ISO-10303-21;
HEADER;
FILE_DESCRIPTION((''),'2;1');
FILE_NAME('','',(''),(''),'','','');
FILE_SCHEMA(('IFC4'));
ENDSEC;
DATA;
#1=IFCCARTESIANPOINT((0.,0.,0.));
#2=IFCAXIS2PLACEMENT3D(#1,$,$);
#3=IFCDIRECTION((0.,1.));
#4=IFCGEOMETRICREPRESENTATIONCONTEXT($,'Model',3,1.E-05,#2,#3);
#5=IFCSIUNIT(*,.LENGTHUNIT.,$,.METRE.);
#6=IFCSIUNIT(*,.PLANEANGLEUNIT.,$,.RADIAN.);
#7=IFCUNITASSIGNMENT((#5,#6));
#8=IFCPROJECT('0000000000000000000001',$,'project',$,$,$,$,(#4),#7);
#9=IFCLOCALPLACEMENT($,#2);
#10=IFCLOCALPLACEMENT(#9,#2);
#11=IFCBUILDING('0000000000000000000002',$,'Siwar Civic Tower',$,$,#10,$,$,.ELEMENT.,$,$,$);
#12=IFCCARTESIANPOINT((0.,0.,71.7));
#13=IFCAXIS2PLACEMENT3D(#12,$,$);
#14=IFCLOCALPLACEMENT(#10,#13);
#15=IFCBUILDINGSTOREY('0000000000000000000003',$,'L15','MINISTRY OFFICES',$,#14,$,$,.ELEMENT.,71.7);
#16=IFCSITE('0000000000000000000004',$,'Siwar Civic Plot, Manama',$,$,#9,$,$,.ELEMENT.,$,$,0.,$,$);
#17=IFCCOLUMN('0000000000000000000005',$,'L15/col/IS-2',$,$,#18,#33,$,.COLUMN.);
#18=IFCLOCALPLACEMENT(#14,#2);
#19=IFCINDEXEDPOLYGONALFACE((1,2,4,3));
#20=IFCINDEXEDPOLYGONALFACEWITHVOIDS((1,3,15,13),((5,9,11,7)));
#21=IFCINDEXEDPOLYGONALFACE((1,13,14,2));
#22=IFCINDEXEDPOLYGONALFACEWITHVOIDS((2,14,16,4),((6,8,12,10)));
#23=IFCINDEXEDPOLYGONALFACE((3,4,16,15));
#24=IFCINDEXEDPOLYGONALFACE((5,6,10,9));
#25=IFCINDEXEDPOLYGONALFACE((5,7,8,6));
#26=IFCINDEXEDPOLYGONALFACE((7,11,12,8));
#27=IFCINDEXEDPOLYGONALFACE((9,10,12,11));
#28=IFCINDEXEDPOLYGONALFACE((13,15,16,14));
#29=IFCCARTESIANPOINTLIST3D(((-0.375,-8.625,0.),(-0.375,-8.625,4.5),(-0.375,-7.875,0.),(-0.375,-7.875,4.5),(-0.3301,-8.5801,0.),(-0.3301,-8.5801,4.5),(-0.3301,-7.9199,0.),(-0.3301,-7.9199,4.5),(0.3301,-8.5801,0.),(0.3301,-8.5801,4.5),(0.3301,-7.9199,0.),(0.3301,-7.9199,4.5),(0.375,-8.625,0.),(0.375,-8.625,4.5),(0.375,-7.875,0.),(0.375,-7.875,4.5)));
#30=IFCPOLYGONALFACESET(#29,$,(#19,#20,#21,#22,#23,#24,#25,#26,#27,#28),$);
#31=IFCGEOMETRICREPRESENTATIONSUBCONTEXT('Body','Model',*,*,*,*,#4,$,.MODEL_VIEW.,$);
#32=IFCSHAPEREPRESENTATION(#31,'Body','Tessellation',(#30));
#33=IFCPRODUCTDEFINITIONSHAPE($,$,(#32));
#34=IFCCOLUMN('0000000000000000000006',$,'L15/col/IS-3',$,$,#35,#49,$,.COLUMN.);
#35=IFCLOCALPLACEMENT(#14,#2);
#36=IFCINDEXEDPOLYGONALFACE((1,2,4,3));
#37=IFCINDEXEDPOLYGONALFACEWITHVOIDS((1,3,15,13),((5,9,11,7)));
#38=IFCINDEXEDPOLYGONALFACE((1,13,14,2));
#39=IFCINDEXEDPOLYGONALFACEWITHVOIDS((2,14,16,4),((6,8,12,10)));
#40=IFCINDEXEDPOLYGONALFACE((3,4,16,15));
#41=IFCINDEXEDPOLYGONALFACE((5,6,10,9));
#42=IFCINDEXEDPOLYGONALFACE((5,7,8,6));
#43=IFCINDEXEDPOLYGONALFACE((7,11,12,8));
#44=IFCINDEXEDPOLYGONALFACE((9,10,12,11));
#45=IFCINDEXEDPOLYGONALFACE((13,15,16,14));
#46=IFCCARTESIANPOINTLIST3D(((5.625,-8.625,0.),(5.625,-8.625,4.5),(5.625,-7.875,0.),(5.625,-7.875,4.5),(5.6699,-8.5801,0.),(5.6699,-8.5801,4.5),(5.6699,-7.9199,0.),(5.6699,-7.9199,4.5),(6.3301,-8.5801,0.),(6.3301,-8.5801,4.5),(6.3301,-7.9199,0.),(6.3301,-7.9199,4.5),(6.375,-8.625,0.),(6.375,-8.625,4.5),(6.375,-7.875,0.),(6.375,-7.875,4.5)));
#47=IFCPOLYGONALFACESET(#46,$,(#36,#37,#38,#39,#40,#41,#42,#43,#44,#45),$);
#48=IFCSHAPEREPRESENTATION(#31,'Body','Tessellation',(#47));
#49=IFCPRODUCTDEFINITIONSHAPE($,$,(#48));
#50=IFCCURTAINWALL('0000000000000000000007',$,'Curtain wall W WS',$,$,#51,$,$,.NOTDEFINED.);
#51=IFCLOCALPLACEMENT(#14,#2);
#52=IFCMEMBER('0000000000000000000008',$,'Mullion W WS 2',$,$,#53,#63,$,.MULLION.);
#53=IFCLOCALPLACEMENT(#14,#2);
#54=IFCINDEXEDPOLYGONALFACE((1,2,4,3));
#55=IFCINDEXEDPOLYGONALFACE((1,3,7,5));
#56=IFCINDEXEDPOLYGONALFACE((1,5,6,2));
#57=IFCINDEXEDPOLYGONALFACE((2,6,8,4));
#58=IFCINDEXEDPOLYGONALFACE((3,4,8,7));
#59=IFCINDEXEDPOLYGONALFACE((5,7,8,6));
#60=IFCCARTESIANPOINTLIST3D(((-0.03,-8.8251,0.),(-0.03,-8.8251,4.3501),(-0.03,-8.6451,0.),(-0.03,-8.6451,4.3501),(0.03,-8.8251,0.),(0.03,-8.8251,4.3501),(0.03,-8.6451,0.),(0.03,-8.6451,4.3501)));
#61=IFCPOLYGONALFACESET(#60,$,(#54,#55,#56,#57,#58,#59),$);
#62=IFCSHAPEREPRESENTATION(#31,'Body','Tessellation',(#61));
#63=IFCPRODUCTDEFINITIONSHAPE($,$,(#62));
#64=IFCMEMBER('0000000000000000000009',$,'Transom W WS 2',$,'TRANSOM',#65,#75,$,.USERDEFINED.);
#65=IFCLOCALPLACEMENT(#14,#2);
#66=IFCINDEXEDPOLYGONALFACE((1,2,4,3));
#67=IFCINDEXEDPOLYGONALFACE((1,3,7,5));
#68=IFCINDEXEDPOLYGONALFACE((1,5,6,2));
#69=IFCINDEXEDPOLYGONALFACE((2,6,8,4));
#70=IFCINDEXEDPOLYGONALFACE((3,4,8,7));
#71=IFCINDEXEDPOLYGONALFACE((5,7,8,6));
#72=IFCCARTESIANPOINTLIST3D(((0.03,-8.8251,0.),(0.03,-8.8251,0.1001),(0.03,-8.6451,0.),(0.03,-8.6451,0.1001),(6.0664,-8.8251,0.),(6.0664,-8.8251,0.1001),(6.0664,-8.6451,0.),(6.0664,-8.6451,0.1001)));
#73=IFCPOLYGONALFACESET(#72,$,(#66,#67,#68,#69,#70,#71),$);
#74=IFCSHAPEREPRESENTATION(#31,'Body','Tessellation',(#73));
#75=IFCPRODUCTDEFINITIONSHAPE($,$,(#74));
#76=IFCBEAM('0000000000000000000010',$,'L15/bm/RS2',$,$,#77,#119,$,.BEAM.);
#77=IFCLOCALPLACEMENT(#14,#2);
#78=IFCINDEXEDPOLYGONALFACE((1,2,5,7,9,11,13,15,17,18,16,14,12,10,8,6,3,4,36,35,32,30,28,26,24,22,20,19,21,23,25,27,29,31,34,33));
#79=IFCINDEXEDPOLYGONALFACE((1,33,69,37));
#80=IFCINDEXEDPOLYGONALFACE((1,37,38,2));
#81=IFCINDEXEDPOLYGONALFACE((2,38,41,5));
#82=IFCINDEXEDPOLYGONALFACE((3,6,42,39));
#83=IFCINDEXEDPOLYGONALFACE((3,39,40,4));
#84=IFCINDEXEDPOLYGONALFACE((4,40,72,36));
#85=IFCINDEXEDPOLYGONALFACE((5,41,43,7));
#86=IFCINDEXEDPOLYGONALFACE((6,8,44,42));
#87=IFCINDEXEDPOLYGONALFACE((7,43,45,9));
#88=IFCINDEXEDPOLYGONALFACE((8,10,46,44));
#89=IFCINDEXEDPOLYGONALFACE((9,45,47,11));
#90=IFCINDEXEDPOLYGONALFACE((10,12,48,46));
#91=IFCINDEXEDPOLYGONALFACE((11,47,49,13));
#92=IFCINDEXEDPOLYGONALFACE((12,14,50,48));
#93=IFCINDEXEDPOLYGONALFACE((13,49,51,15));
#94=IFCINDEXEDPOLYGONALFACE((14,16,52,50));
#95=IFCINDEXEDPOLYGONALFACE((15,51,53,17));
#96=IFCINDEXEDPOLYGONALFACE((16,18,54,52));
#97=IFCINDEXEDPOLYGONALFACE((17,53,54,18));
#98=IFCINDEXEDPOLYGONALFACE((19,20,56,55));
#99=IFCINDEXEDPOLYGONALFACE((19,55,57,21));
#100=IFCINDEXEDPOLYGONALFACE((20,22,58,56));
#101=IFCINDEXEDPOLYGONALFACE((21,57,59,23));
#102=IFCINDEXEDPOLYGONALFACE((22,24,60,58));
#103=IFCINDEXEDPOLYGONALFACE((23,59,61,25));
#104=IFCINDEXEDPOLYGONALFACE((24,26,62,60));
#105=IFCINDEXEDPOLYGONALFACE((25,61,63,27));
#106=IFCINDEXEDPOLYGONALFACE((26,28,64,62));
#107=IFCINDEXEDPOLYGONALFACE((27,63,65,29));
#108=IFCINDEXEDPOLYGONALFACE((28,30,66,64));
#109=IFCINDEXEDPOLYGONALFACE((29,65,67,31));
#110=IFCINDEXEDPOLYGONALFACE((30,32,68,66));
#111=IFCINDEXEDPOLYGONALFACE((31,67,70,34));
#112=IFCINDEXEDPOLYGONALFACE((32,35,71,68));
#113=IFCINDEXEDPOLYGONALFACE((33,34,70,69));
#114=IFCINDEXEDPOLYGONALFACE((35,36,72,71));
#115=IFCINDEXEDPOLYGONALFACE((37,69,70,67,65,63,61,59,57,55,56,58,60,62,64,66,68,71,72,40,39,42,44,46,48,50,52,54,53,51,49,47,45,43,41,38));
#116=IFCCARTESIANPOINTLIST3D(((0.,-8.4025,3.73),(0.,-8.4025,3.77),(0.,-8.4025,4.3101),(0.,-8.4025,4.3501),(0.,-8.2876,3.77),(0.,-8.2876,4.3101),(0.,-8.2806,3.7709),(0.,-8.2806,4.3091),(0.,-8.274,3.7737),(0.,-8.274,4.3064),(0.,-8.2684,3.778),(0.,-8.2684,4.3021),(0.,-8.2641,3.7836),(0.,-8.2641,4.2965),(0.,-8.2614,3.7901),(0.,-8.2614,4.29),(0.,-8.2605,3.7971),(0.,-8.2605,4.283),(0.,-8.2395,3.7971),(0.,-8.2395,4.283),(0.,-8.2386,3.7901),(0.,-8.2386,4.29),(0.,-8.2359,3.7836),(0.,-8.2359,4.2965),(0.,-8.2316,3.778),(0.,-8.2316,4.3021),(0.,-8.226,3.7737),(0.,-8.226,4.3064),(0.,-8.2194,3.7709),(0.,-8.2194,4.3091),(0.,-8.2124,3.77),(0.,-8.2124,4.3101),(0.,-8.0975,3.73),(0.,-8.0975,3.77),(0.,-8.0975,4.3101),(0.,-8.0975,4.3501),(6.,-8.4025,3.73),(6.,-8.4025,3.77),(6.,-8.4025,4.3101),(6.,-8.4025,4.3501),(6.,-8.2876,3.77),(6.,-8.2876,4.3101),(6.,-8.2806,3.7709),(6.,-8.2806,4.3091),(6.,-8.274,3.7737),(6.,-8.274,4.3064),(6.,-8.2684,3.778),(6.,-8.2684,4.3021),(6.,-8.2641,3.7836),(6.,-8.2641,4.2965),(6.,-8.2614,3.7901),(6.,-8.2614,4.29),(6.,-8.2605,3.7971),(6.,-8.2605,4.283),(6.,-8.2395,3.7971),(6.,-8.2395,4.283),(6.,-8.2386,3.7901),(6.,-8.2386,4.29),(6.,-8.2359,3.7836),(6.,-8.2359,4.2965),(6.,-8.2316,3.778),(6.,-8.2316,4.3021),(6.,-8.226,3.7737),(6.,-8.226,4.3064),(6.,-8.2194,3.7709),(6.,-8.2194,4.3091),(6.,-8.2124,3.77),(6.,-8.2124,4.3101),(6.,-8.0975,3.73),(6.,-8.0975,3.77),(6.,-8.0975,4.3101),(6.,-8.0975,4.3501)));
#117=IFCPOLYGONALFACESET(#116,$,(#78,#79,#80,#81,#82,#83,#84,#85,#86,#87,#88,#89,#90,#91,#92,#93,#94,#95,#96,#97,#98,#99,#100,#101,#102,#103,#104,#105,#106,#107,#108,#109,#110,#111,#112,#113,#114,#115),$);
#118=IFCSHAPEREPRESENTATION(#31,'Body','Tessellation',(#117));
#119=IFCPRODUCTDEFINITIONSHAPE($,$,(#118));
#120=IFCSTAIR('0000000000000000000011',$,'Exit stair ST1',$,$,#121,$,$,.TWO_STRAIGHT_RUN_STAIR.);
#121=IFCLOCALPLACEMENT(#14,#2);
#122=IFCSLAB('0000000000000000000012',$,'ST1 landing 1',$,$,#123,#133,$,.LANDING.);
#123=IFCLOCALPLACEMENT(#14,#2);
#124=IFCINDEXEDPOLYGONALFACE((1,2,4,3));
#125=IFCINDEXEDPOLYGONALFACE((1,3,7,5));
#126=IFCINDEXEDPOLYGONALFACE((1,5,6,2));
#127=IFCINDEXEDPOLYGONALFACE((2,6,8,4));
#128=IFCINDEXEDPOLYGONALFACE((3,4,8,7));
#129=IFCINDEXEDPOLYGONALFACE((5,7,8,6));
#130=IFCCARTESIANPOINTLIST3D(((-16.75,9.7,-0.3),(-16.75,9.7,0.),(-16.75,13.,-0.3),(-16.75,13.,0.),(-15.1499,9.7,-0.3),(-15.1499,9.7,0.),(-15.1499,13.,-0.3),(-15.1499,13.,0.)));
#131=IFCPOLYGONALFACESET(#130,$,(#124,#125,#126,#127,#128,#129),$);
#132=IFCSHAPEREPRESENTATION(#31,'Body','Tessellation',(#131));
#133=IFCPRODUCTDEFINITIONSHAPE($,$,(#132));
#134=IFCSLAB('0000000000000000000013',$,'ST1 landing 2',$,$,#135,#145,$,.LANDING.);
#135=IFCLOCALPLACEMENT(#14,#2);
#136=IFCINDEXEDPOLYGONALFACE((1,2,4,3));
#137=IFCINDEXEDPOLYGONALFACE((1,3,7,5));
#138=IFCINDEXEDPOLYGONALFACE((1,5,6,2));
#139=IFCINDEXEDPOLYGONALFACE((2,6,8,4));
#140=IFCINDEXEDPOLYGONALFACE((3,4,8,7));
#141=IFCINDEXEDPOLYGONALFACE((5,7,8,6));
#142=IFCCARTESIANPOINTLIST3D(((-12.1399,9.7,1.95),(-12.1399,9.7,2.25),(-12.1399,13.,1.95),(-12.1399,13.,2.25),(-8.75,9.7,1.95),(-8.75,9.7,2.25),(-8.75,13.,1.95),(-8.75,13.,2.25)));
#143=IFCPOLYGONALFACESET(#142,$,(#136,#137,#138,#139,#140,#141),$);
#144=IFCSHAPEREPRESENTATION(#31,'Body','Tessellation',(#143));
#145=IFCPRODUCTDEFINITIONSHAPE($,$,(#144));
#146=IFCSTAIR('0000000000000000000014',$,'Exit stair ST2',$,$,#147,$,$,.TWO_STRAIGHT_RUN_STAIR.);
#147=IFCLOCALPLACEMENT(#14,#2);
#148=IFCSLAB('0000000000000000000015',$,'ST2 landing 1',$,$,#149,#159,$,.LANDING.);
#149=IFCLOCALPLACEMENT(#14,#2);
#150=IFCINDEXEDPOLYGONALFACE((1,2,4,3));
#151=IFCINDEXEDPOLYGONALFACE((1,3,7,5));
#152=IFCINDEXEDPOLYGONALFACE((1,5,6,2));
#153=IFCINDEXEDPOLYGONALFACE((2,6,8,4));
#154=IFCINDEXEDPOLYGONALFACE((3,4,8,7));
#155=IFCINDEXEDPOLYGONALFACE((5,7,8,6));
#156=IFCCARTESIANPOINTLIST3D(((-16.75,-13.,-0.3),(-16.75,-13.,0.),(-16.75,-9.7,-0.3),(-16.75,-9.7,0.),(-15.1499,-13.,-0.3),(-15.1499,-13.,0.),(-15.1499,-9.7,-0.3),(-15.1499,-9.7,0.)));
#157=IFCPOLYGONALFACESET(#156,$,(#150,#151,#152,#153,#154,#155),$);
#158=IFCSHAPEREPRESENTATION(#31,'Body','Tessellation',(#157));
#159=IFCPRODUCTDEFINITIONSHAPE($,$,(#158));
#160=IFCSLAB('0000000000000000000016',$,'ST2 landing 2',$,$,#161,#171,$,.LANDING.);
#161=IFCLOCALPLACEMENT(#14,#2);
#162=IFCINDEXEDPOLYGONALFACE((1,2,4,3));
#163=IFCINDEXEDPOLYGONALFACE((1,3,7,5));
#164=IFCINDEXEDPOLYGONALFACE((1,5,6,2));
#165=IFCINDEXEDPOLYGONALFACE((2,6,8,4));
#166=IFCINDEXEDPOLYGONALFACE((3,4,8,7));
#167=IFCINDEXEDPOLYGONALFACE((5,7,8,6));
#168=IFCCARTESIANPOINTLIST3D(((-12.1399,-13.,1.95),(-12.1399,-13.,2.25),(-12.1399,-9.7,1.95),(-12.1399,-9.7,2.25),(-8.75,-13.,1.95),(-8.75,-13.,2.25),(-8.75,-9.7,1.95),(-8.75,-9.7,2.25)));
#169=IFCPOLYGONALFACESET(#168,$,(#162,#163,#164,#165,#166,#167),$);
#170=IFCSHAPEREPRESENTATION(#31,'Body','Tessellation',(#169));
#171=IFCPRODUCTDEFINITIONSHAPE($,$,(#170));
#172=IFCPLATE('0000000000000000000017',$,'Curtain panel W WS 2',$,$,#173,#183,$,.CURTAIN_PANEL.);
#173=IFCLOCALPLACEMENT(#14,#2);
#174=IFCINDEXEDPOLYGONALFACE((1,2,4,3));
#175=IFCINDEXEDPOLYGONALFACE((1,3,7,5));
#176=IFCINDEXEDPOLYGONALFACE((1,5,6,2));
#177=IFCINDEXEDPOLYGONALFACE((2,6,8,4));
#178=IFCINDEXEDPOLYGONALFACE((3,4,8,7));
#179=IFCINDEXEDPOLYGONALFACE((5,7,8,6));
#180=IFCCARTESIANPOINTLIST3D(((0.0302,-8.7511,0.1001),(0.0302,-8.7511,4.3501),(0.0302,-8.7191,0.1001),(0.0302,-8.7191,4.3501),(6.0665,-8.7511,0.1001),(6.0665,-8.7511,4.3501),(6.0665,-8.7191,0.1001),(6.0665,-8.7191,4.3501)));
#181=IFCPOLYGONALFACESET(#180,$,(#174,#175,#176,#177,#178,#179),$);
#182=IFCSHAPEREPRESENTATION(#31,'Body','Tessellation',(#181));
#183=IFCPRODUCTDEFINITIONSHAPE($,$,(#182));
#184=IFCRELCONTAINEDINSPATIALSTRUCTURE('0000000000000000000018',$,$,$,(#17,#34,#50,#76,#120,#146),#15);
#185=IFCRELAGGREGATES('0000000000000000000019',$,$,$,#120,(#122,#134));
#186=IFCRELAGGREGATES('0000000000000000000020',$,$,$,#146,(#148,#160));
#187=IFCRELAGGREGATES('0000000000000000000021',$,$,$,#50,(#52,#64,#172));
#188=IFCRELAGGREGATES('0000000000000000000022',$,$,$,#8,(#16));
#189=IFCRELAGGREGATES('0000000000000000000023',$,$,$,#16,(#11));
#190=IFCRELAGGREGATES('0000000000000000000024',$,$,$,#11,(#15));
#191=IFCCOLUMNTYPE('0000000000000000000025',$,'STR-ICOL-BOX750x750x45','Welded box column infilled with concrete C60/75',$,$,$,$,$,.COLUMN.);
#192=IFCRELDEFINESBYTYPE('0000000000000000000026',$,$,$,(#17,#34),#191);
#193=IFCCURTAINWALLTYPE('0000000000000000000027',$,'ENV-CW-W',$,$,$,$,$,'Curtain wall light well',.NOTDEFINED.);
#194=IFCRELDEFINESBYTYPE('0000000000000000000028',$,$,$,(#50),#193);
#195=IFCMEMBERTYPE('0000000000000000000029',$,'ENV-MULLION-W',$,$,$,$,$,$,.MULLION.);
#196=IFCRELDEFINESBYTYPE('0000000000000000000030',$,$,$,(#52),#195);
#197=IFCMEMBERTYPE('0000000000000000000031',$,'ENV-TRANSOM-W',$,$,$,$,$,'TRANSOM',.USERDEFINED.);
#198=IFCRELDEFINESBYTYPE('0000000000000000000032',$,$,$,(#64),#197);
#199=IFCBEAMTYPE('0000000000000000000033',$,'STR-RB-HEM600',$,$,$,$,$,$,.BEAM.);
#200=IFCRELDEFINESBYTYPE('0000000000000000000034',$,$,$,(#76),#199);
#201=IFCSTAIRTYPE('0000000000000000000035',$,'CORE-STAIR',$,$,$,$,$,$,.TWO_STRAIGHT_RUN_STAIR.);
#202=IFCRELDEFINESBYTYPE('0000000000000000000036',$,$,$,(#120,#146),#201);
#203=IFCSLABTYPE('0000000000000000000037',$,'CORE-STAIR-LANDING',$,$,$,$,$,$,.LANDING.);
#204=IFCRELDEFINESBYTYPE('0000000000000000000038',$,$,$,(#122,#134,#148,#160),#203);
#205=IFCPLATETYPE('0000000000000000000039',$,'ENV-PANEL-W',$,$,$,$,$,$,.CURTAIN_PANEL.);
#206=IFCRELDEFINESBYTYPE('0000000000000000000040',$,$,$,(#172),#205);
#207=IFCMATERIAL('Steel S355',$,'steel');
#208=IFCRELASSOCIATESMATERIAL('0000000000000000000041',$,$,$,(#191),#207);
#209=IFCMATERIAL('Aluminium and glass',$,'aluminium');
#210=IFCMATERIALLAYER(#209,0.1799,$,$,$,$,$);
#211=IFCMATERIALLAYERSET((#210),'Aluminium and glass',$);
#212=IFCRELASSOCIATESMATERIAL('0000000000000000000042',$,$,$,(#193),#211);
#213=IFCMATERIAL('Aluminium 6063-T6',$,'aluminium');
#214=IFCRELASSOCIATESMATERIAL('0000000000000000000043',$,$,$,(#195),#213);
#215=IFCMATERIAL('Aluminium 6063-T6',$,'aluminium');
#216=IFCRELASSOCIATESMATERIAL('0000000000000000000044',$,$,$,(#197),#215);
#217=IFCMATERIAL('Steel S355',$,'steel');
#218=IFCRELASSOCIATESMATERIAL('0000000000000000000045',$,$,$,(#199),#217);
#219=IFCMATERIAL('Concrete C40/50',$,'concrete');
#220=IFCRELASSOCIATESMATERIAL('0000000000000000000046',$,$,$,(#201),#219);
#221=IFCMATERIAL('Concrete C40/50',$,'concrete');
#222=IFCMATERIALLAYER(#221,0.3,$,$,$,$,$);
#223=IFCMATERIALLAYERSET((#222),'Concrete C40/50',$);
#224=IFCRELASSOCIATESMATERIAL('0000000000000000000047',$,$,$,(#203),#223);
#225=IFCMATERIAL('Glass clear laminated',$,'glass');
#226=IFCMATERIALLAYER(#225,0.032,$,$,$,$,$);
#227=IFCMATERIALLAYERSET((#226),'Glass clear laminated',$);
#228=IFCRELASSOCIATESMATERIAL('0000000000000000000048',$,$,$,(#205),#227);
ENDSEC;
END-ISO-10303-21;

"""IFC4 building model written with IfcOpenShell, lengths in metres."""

from ifc_helpers import new_model, si_unit, direction, frame, origin, origin_2d, place, context, subcontext, project, spatial, polyline, rectangle, hollow_rectangle, i_section, outline, extrude, material, layer, layer_set, material_profile, profile_set, type_object, element, aggregate, save


model = new_model("IFC4")

# Units and contexts
model_context = context("Model", 3, precision=1e-05, world=origin(), true_north=direction((0.0, 1.0)))
body_context = subcontext(model_context, "Body", "Model", "MODEL_VIEW")
ifc_project = project(units=[si_unit("LENGTHUNIT", "METRE"), si_unit("PLANEANGLEUNIT", "RADIAN")], contexts=[model_context])

# Site, building, storey
site_placement = place(None, origin())
site = spatial("IfcSite", under=ifc_project, at=site_placement, Name="Siwar Civic Plot, Manama", CompositionType="ELEMENT", RefElevation=0.0)
building_placement = place(site_placement, origin())
building = spatial("IfcBuilding", under=site, at=building_placement, Name="Siwar Civic Tower", CompositionType="ELEMENT")
storey_placement = place(building_placement, frame((0.0, 0.0, 71.7)))
storey = spatial("IfcBuildingStorey", under=building, at=storey_placement, Name="L15", Description="MINISTRY OFFICES", CompositionType="ELEMENT", Elevation=71.7)

# Columns
ifc_material_1 = material(Name="Steel S355", Category="steel")
ifc_material_profile_1 = material_profile(ifc_material_1, hollow_rectangle(XDim=0.75, YDim=0.75, WallThickness=0.0449, at=origin_2d()), Name="BOX750x750x45")
ifc_profile_set_1 = profile_set([ifc_material_profile_1], Name="Steel S355")
column_type = type_object("IfcColumnType", Name="STR-ICOL-BOX750x750x45", Description="Welded box column infilled with concrete C60/75", PredefinedType="COLUMN", material=ifc_profile_set_1)
for number, where, z_axis, x_axis, name in (
    (1, (0.0, -8.25, 0.0), (0.0, 0.0, 1.0), (1.0, 0.0, 0.0), "L15/col/IS-2"),
    (2, (6.0, -8.25, 0.0), (0.0, 0.0, 1.0), (1.0, 0.0, 0.0), "L15/col/IS-3"),
):
    element("IfcColumn", number, at=place(storey_placement, frame(where, z_axis=z_axis, x_axis=x_axis)), inside=storey, type_object=column_type, Name=name, PredefinedType="COLUMN", context=body_context, shape_type="SweptSolid", body=[
        extrude(hollow_rectangle(XDim=0.75, YDim=0.75, WallThickness=0.0449, at=origin_2d()), origin(), (0.0, 0.0, 1.0), 4.5),
    ])

# Curtain wall, members
ifc_material_2 = material(Name="Aluminium and glass", Category="aluminium")
ifc_layer_1 = layer(ifc_material_2, 0.1799)
ifc_layer_set_1 = layer_set([ifc_layer_1], Name="Aluminium and glass")
curtain_wall_type = type_object("IfcCurtainWallType", Name="ENV-CW-W", ElementType="Curtain wall light well", PredefinedType="NOTDEFINED", material=ifc_layer_set_1)
curtain_wall_placement = place(storey_placement, origin())
curtain_wall = element("IfcCurtainWall", 3, at=curtain_wall_placement, inside=storey, type_object=curtain_wall_type, Name="Curtain wall W WS", PredefinedType="NOTDEFINED")
ifc_material_3 = material(Name="Aluminium 6063-T6", Category="aluminium")
ifc_material_profile_2 = material_profile(ifc_material_3, rectangle(XDim=0.1799, YDim=0.0601, at=origin_2d()), Name="AL 180x60")
ifc_profile_set_2 = profile_set([ifc_material_profile_2], Name="Aluminium 6063-T6")
member_type_1 = type_object("IfcMemberType", Name="ENV-MULLION-W", PredefinedType="MULLION", material=ifc_profile_set_2)
member_1_placement = place(storey_placement, frame((0.0, -8.7351, 0.0), z_axis=(0.0, 0.0, 1.0), x_axis=(0.0, 1.0, 0.0)))
member_1 = element("IfcMember", 4, at=member_1_placement, type_object=member_type_1, Name="Mullion W WS 2", PredefinedType="MULLION", context=body_context, shape_type="SweptSolid", body=[
    extrude(rectangle(XDim=0.1799, YDim=0.0601, at=origin_2d()), origin(), (0.0, 0.0, 1.0), 4.3501),
])
ifc_material_4 = material(Name="Aluminium 6063-T6", Category="aluminium")
ifc_material_profile_3 = material_profile(ifc_material_4, rectangle(XDim=0.1799, YDim=0.1001, at=origin_2d()), Name="AL 180x100")
ifc_profile_set_3 = profile_set([ifc_material_profile_3], Name="Aluminium 6063-T6")
member_type_2 = type_object("IfcMemberType", Name="ENV-TRANSOM-W", ElementType="TRANSOM", PredefinedType="USERDEFINED", material=ifc_profile_set_3)
member_2_placement = place(storey_placement, frame((0.03, -8.7351, 0.05), z_axis=(1.0, 0.0, 0.0), x_axis=(0.0, 1.0, 0.0)))
member_2 = element("IfcMember", 5, at=member_2_placement, type_object=member_type_2, Name="Transom W WS 2", ObjectType="TRANSOM", PredefinedType="USERDEFINED", context=body_context, shape_type="SweptSolid", body=[
    extrude(rectangle(XDim=0.1799, YDim=0.1001, at=origin_2d()), origin(), (0.0, 0.0, 1.0), 6.0364),
])

# Beam
ifc_material_5 = material(Name="Steel S355", Category="steel")
ifc_material_profile_4 = material_profile(ifc_material_5, i_section(OverallWidth=0.3049, OverallDepth=0.6201, WebThickness=0.021, FlangeThickness=0.04, FilletRadius=0.0271, at=origin_2d()), Name="HEM600")
ifc_profile_set_4 = profile_set([ifc_material_profile_4], Name="Steel S355")
beam_type = type_object("IfcBeamType", Name="STR-RB-HEM600", PredefinedType="BEAM", material=ifc_profile_set_4)
beam_placement = place(storey_placement, frame((0.0, -8.25, 4.04), z_axis=(1.0, 0.0, 0.0), x_axis=(0.0, 1.0, 0.0)))
element("IfcBeam", 6, at=beam_placement, inside=storey, type_object=beam_type, Name="L15/bm/RS2", PredefinedType="BEAM", context=body_context, shape_type="SweptSolid", body=[
    extrude(i_section(OverallWidth=0.3049, OverallDepth=0.6201, WebThickness=0.021, FlangeThickness=0.04, FilletRadius=0.0271, at=origin_2d()), origin(), (0.0, 0.0, 1.0), 6.0),
])

# Stairs, slabs
ifc_material_6 = material(Name="Concrete C40/50", Category="concrete")
stair_type = type_object("IfcStairType", Name="CORE-STAIR", PredefinedType="TWO_STRAIGHT_RUN_STAIR", material=ifc_material_6)
stair_1_placement = place(storey_placement, origin())
stair_1 = element("IfcStair", 7, at=stair_1_placement, inside=storey, type_object=stair_type, Name="Exit stair ST1", PredefinedType="TWO_STRAIGHT_RUN_STAIR")
ifc_material_7 = material(Name="Concrete C40/50", Category="concrete")
ifc_layer_2 = layer(ifc_material_7, 0.3)
ifc_layer_set_2 = layer_set([ifc_layer_2], Name="Concrete C40/50")
slab_type_1 = type_object("IfcSlabType", Name="CORE-STAIR-LANDING", PredefinedType="LANDING", material=ifc_layer_set_2)
slab_1_placement = place(storey_placement, frame((0.0, 0.0, -0.3)))
slab_1 = element("IfcSlab", 8, at=slab_1_placement, type_object=slab_type_1, Name="ST1 landing 1", PredefinedType="LANDING", context=body_context, shape_type="SweptSolid", body=[
    extrude(outline(polyline([(-15.1499, 13.0), (-16.75, 13.0), (-16.75, 9.7), (-15.1499, 9.7), (-15.1499, 13.0)])), origin(), (0.0, 0.0, 1.0), 0.3),
])
slab_2_placement = place(storey_placement, frame((0.0, 0.0, 1.95)))
slab_2 = element("IfcSlab", 9, at=slab_2_placement, type_object=slab_type_1, Name="ST1 landing 2", PredefinedType="LANDING", context=body_context, shape_type="SweptSolid", body=[
    extrude(outline(polyline([(-8.75, 13.0), (-12.1399, 13.0), (-12.1399, 9.7), (-8.75, 9.7), (-8.75, 13.0)])), origin(), (0.0, 0.0, 1.0), 0.3),
])
aggregate(stair_1, [slab_1, slab_2])
stair_2_placement = place(storey_placement, origin())
stair_2 = element("IfcStair", 10, at=stair_2_placement, inside=storey, type_object=stair_type, Name="Exit stair ST2", PredefinedType="TWO_STRAIGHT_RUN_STAIR")
slab_3_placement = place(storey_placement, frame((0.0, 0.0, -0.3)))
slab_3 = element("IfcSlab", 11, at=slab_3_placement, type_object=slab_type_1, Name="ST2 landing 1", PredefinedType="LANDING", context=body_context, shape_type="SweptSolid", body=[
    extrude(outline(polyline([(-15.1499, -9.7), (-16.75, -9.7), (-16.75, -13.0), (-15.1499, -13.0), (-15.1499, -9.7)])), origin(), (0.0, 0.0, 1.0), 0.3),
])
slab_4_placement = place(storey_placement, frame((0.0, 0.0, 1.95)))
slab_4 = element("IfcSlab", 12, at=slab_4_placement, type_object=slab_type_1, Name="ST2 landing 2", PredefinedType="LANDING", context=body_context, shape_type="SweptSolid", body=[
    extrude(outline(polyline([(-8.75, -9.7), (-12.1399, -9.7), (-12.1399, -13.0), (-8.75, -13.0), (-8.75, -9.7)])), origin(), (0.0, 0.0, 1.0), 0.3),
])
aggregate(stair_2, [slab_3, slab_4])

# Plate
ifc_material_8 = material(Name="Glass clear laminated", Category="glass")
ifc_layer_3 = layer(ifc_material_8, 0.032)
ifc_layer_set_3 = layer_set([ifc_layer_3], Name="Glass clear laminated")
plate_type = type_object("IfcPlateType", Name="ENV-PANEL-W", PredefinedType="CURTAIN_PANEL", material=ifc_layer_set_3)
plate_placement = place(storey_placement, frame((3.0483, -8.7351, 0.1001), z_axis=(0.0, 0.0, 1.0), x_axis=(1.0, 0.0, 0.0)))
plate = element("IfcPlate", 13, at=plate_placement, type_object=plate_type, Name="Curtain panel W WS 2", PredefinedType="CURTAIN_PANEL", context=body_context, shape_type="SweptSolid", body=[
    extrude(rectangle(XDim=6.0364, YDim=0.032, at=origin_2d()), origin(), (0.0, 0.0, 1.0), 4.25),
])
aggregate(curtain_wall, [member_1, member_2, plate])

save(model, "model.ifc")
